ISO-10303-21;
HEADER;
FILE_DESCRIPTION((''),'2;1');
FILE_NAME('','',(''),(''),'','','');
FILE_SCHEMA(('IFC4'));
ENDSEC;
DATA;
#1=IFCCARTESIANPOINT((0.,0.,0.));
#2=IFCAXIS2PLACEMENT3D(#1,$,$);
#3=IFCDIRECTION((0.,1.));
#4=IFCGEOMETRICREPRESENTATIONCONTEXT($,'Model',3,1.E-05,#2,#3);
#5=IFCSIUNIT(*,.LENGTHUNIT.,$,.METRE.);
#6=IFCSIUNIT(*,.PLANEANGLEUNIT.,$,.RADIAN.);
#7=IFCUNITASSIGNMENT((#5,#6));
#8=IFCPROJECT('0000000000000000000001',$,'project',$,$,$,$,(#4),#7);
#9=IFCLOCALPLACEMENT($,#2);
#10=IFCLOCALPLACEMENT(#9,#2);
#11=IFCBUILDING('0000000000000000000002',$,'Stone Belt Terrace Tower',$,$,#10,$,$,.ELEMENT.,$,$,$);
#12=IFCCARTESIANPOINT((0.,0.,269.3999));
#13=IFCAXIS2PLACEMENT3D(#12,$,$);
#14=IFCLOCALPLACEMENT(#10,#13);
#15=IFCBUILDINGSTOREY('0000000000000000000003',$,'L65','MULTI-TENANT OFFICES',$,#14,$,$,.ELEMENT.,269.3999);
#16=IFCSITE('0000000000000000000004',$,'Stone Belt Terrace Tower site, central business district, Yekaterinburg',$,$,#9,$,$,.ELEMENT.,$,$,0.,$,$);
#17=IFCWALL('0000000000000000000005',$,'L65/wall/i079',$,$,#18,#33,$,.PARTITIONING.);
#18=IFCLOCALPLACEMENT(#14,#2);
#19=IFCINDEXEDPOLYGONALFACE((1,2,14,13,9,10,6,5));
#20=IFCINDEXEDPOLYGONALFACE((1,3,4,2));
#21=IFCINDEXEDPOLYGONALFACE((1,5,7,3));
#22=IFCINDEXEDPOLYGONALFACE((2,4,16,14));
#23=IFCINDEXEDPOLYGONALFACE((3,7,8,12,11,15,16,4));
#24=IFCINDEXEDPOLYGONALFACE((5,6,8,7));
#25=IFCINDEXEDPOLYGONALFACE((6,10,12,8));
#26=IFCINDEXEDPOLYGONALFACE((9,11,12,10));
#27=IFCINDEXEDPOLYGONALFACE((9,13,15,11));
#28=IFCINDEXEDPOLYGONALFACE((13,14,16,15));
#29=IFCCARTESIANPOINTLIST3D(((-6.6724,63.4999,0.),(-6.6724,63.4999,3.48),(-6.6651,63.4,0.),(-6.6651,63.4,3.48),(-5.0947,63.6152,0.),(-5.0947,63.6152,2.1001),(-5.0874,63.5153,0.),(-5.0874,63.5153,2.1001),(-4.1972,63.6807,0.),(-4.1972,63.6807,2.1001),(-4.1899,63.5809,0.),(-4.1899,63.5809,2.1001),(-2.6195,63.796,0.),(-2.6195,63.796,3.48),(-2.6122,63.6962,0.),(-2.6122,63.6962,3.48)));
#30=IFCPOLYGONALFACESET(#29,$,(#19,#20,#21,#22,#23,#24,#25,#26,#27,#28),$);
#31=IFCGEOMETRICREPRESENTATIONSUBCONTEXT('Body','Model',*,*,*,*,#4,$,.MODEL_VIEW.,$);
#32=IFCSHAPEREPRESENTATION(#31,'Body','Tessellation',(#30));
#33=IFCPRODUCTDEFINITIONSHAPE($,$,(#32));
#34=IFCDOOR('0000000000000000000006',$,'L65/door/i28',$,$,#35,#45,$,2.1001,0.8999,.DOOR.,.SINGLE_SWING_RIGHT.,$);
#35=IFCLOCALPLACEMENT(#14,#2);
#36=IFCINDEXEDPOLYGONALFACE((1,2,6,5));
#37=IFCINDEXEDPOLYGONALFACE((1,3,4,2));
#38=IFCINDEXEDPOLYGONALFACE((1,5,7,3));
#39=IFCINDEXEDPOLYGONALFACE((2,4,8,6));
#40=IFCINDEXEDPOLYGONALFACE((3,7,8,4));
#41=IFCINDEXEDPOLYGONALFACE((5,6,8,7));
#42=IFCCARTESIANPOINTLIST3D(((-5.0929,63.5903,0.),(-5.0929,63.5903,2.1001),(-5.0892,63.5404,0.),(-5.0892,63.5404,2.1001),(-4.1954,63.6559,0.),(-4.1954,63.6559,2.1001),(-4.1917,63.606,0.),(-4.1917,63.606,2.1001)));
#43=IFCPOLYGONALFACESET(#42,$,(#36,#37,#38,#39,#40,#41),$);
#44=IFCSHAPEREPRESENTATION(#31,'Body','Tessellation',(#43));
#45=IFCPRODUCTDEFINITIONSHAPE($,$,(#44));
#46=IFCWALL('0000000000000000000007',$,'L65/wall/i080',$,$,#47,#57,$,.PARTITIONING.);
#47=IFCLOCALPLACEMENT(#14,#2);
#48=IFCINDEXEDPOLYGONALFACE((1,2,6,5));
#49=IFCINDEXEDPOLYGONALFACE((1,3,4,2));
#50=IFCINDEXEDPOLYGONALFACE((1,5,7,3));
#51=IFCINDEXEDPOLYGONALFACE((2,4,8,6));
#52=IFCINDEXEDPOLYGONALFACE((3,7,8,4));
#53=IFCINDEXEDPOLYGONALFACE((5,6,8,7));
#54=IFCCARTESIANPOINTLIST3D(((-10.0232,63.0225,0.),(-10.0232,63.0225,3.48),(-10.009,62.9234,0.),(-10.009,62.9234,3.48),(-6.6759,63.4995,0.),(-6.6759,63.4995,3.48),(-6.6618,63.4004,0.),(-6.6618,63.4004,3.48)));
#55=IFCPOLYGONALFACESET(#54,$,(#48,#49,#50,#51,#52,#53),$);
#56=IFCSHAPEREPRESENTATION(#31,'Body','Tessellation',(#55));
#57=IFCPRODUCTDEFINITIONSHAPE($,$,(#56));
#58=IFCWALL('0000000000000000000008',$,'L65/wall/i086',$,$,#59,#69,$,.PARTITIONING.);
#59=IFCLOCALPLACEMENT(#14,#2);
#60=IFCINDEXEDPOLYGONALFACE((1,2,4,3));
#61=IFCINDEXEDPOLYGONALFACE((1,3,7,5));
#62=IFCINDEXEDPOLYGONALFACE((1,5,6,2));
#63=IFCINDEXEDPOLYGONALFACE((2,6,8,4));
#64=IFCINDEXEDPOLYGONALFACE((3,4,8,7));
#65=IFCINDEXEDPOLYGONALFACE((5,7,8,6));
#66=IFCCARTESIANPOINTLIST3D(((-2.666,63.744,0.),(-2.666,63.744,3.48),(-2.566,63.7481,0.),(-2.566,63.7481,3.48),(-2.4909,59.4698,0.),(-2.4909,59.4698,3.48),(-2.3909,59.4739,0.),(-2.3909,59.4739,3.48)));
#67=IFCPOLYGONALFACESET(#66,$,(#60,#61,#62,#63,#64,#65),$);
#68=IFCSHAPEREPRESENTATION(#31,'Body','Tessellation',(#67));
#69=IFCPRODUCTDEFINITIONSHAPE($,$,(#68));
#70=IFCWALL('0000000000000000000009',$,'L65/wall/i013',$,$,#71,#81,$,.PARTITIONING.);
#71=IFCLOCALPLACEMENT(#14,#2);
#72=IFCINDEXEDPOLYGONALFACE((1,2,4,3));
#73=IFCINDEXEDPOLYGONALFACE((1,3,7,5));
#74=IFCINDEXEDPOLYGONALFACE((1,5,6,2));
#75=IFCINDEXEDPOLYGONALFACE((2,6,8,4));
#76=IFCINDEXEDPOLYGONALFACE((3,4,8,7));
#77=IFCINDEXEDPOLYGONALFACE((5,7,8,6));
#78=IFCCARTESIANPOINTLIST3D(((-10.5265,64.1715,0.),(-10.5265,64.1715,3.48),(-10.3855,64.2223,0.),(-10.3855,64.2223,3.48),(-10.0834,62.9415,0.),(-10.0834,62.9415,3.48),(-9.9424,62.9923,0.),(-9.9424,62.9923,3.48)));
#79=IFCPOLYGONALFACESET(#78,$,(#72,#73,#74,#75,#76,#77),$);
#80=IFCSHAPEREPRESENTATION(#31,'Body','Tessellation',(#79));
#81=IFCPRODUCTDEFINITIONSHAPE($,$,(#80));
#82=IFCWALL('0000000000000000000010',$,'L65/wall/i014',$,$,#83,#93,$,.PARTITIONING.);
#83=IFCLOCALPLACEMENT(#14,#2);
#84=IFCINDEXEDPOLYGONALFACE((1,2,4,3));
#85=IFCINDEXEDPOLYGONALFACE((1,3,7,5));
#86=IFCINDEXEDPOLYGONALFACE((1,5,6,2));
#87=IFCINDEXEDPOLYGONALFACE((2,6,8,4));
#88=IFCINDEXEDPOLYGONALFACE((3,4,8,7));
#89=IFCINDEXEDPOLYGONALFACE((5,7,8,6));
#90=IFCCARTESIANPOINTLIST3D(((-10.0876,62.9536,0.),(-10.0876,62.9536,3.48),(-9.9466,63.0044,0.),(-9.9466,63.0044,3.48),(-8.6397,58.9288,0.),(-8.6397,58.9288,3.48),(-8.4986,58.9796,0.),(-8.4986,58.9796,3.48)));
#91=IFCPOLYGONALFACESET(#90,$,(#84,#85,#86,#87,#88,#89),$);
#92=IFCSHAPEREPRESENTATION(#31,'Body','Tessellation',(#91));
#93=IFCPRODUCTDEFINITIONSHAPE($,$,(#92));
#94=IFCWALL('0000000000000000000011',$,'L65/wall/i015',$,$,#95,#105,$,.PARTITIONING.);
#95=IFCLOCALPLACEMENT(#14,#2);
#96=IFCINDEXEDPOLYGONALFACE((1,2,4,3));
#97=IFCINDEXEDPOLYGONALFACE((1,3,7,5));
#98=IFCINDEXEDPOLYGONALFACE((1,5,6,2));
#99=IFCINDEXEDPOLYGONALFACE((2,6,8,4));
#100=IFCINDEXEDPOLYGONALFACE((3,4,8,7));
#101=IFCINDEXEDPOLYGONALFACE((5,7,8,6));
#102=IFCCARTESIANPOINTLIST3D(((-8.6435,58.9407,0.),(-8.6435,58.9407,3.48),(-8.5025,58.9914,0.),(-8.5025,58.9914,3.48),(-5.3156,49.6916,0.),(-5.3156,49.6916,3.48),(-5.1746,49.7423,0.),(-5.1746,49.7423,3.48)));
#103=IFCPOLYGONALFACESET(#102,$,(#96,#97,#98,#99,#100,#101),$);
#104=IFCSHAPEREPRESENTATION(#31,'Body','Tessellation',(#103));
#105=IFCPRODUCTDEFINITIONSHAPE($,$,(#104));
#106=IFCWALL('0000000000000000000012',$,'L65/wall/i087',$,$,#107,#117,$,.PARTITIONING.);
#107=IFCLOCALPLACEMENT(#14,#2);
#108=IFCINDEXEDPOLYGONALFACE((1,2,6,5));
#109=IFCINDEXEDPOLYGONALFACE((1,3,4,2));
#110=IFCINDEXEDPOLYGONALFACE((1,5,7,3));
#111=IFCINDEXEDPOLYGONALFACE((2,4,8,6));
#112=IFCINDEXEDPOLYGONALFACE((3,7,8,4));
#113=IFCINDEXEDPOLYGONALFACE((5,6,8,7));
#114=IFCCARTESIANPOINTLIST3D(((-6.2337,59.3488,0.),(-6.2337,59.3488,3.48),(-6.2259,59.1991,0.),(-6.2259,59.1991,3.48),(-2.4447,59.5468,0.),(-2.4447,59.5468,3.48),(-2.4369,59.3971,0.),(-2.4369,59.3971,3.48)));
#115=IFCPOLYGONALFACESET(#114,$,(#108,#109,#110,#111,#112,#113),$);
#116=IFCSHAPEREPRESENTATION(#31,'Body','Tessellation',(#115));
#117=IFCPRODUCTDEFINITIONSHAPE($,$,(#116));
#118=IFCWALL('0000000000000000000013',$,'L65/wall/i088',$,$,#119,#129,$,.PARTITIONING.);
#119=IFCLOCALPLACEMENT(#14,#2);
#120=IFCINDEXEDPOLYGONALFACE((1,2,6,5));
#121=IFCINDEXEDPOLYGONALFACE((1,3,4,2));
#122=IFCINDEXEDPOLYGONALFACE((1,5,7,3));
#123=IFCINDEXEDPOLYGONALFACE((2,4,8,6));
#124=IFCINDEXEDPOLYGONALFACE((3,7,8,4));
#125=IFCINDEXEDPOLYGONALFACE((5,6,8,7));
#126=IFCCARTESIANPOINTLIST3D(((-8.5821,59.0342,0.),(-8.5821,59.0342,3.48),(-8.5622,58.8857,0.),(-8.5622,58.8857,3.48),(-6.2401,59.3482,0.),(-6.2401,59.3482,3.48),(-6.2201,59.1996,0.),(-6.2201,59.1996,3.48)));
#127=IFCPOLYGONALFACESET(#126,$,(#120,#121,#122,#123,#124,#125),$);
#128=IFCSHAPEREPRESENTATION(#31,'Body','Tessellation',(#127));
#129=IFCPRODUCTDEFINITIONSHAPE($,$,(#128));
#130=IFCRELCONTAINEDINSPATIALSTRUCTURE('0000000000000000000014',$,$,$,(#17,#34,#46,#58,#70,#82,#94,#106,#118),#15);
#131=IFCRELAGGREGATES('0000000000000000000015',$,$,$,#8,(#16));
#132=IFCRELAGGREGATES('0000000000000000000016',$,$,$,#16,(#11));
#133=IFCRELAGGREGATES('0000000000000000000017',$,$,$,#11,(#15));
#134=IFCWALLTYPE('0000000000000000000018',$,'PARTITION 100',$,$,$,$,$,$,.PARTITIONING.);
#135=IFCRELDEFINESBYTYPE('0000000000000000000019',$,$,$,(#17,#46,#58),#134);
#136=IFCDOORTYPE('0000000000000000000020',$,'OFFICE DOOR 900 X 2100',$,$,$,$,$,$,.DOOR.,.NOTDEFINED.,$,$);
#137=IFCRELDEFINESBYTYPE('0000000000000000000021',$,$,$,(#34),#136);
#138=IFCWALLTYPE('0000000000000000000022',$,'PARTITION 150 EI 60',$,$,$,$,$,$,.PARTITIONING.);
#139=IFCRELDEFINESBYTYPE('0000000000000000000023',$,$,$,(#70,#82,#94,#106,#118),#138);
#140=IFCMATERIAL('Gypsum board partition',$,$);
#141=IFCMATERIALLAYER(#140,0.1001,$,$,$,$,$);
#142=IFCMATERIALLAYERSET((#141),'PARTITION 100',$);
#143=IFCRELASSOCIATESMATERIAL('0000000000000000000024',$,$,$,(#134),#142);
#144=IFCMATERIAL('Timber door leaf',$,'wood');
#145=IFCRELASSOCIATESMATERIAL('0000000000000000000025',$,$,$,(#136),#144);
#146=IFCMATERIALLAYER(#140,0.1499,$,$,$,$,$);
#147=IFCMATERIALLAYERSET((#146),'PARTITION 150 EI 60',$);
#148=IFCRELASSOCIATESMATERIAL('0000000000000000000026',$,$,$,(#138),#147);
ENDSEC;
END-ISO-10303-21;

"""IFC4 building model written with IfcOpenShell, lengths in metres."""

from ifc_helpers import new_model, si_unit, direction, frame, frame_2d, origin, place, context, subcontext, project, spatial, rectangle, extrude, material, layer, layer_set, type_object, element, fill, save


model = new_model("IFC4")

# Units and contexts
model_context = context("Model", 3, precision=1e-05, world=origin(), true_north=direction((0.0, 1.0)))
body_context = subcontext(model_context, "Body", "Model", "MODEL_VIEW")
ifc_project = project(units=[si_unit("LENGTHUNIT", "METRE"), si_unit("PLANEANGLEUNIT", "RADIAN")], contexts=[model_context])

# Site, building, storey
site_placement = place(None, origin())
site = spatial("IfcSite", under=ifc_project, at=site_placement, Name="Stone Belt Terrace Tower site, central business district, Yekaterinburg", CompositionType="ELEMENT", RefElevation=0.0)
building_placement = place(site_placement, origin())
building = spatial("IfcBuilding", under=site, at=building_placement, Name="Stone Belt Terrace Tower", CompositionType="ELEMENT")
storey_placement = place(building_placement, frame((0.0, 0.0, 269.3999)))
storey = spatial("IfcBuildingStorey", under=building, at=storey_placement, Name="L65", Description="MULTI-TENANT OFFICES", CompositionType="ELEMENT", Elevation=269.3999)

# Wall, opening, door
ifc_material_1 = material(Name="Gypsum board partition")
ifc_layer_1 = layer(ifc_material_1, 0.1001)
ifc_layer_set_1 = layer_set([ifc_layer_1], Name="PARTITION 100")
wall_type_1 = type_object("IfcWallType", Name="PARTITION 100", PredefinedType="PARTITIONING", material=ifc_layer_set_1)
wall_1_placement = place(storey_placement, frame((-2.616, 63.7461, 0.0), z_axis=(0.0, 0.0, 1.0), x_axis=(-0.997341, -0.072874, 0.0)))
wall_1 = element("IfcWall", 1, at=wall_1_placement, inside=storey, type_object=wall_type_1, Name="L65/wall/i079", PredefinedType="PARTITIONING", context=body_context, shape_type="SweptSolid", body=[
    extrude(rectangle(XDim=4.0637, YDim=0.1001, at=frame_2d((2.0317, 0.0))), origin(), (0.0, 0.0, 1.0), 3.48),
])
opening_placement = place(wall_1_placement, frame((1.5818, 0.0, 0.0)))
opening = element("IfcOpeningElement", 2, at=opening_placement, cuts=wall_1, PredefinedType="OPENING", context=body_context, shape_type="SweptSolid", body=[
    extrude(rectangle(XDim=0.8999, YDim=2.1001, at=frame_2d((0.45, 1.05))), frame((0.0, 0.0601, 0.0), z_axis=(0.0, -1.0, 0.0), x_axis=(1.0, 0.0, 0.0)), (0.0, 0.0, 1.0), 0.1201),
])
ifc_material_2 = material(Name="Timber door leaf", Category="wood")
door_type = type_object("IfcDoorType", Name="OFFICE DOOR 900 X 2100", OperationType="NOTDEFINED", PredefinedType="DOOR", material=ifc_material_2)
door_placement = place(opening_placement, origin())
door = element("IfcDoor", 3, at=door_placement, inside=storey, type_object=door_type, Name="L65/door/i28", OperationType="SINGLE_SWING_RIGHT", OverallHeight=2.1001, OverallWidth=0.8999, PredefinedType="DOOR", context=body_context, shape_type="SweptSolid", body=[
    extrude(rectangle(XDim=0.8999, YDim=2.1001, at=frame_2d((0.45, 1.05))), frame((0.0, 0.0249, 0.0), z_axis=(0.0, -1.0, 0.0), x_axis=(1.0, 0.0, 0.0)), (0.0, 0.0, 1.0), 0.05),
])
fill(opening, door)

# Walls
wall_2_placement = place(storey_placement, frame((-6.6689, 63.45, 0.0), z_axis=(0.0, 0.0, 1.0), x_axis=(-0.989996, -0.141098, 0.0)))
element("IfcWall", 4, at=wall_2_placement, inside=storey, type_object=wall_type_1, Name="L65/wall/i080", PredefinedType="PARTITIONING", context=body_context, shape_type="SweptSolid", body=[
    extrude(rectangle(XDim=3.3811, YDim=0.1001, at=frame_2d((1.6904, 0.0))), origin(), (0.0, 0.0, 1.0), 3.48),
])
wall_3_placement = place(storey_placement, frame((-2.616, 63.7461, 0.0), z_axis=(0.0, 0.0, 1.0), x_axis=(0.040921, -0.999162, 0.0)))
element("IfcWall", 5, at=wall_3_placement, inside=storey, type_object=wall_type_1, Name="L65/wall/i086", PredefinedType="PARTITIONING", context=body_context, shape_type="SweptSolid", body=[
    extrude(rectangle(XDim=4.2778, YDim=0.1001, at=frame_2d((2.1389, 0.0))), origin(), (0.0, 0.0, 1.0), 3.48),
])
ifc_layer_2 = layer(ifc_material_1, 0.1499)
ifc_layer_set_2 = layer_set([ifc_layer_2], Name="PARTITION 150 EI 60")
wall_type_2 = type_object("IfcWallType", Name="PARTITION 150 EI 60", PredefinedType="PARTITIONING", material=ifc_layer_set_2)
wall_4_placement = place(storey_placement, frame((-10.4561, 64.197, 0.0), z_axis=(0.0, 0.0, 1.0), x_axis=(0.338938, -0.940809, 0.0)))
element("IfcWall", 6, at=wall_4_placement, inside=storey, type_object=wall_type_2, Name="L65/wall/i013", PredefinedType="PARTITIONING", context=body_context, shape_type="SweptSolid", body=[
    extrude(rectangle(XDim=1.3074, YDim=0.1499, at=frame_2d((0.6538, 0.0))), origin(), (0.0, 0.0, 1.0), 3.48),
])
wall_5_placement = place(storey_placement, frame((-10.0171, 62.979, 0.0), z_axis=(0.0, 0.0, 1.0), x_axis=(0.338519, -0.940959, 0.0)))
element("IfcWall", 7, at=wall_5_placement, inside=storey, type_object=wall_type_2, Name="L65/wall/i014", PredefinedType="PARTITIONING", context=body_context, shape_type="SweptSolid", body=[
    extrude(rectangle(XDim=4.2773, YDim=0.1499, at=frame_2d((2.1387, 0.0))), origin(), (0.0, 0.0, 1.0), 3.48),
])
wall_6_placement = place(storey_placement, frame((-8.573, 58.9661, 0.0), z_axis=(0.0, 0.0, 1.0), x_axis=(0.33856, -0.940945, 0.0)))
element("IfcWall", 8, at=wall_6_placement, inside=storey, type_object=wall_type_2, Name="L65/wall/i015", PredefinedType="PARTITIONING", context=body_context, shape_type="SweptSolid", body=[
    extrude(rectangle(XDim=9.8296, YDim=0.1499, at=frame_2d((4.9148, 0.0))), origin(), (0.0, 0.0, 1.0), 3.48),
])
wall_7_placement = place(storey_placement, frame((-2.4409, 59.4719, 0.0), z_axis=(0.0, 0.0, 1.0), x_axis=(-0.998637, -0.052184, 0.0)))
element("IfcWall", 9, at=wall_7_placement, inside=storey, type_object=wall_type_2, Name="L65/wall/i087", PredefinedType="PARTITIONING", context=body_context, shape_type="SweptSolid", body=[
    extrude(rectangle(XDim=3.7942, YDim=0.1499, at=frame_2d((1.897, 0.0))), origin(), (0.0, 0.0, 1.0), 3.48),
])
wall_8_placement = place(storey_placement, frame((-6.23, 59.2739, 0.0), z_axis=(0.0, 0.0, 1.0), x_axis=(-0.991134, -0.132868, 0.0)))
element("IfcWall", 10, at=wall_8_placement, inside=storey, type_object=wall_type_2, Name="L65/wall/i088", PredefinedType="PARTITIONING", context=body_context, shape_type="SweptSolid", body=[
    extrude(rectangle(XDim=2.363, YDim=0.1499, at=frame_2d((1.1816, 0.0))), origin(), (0.0, 0.0, 1.0), 3.48),
])

save(model, "model.ifc")
